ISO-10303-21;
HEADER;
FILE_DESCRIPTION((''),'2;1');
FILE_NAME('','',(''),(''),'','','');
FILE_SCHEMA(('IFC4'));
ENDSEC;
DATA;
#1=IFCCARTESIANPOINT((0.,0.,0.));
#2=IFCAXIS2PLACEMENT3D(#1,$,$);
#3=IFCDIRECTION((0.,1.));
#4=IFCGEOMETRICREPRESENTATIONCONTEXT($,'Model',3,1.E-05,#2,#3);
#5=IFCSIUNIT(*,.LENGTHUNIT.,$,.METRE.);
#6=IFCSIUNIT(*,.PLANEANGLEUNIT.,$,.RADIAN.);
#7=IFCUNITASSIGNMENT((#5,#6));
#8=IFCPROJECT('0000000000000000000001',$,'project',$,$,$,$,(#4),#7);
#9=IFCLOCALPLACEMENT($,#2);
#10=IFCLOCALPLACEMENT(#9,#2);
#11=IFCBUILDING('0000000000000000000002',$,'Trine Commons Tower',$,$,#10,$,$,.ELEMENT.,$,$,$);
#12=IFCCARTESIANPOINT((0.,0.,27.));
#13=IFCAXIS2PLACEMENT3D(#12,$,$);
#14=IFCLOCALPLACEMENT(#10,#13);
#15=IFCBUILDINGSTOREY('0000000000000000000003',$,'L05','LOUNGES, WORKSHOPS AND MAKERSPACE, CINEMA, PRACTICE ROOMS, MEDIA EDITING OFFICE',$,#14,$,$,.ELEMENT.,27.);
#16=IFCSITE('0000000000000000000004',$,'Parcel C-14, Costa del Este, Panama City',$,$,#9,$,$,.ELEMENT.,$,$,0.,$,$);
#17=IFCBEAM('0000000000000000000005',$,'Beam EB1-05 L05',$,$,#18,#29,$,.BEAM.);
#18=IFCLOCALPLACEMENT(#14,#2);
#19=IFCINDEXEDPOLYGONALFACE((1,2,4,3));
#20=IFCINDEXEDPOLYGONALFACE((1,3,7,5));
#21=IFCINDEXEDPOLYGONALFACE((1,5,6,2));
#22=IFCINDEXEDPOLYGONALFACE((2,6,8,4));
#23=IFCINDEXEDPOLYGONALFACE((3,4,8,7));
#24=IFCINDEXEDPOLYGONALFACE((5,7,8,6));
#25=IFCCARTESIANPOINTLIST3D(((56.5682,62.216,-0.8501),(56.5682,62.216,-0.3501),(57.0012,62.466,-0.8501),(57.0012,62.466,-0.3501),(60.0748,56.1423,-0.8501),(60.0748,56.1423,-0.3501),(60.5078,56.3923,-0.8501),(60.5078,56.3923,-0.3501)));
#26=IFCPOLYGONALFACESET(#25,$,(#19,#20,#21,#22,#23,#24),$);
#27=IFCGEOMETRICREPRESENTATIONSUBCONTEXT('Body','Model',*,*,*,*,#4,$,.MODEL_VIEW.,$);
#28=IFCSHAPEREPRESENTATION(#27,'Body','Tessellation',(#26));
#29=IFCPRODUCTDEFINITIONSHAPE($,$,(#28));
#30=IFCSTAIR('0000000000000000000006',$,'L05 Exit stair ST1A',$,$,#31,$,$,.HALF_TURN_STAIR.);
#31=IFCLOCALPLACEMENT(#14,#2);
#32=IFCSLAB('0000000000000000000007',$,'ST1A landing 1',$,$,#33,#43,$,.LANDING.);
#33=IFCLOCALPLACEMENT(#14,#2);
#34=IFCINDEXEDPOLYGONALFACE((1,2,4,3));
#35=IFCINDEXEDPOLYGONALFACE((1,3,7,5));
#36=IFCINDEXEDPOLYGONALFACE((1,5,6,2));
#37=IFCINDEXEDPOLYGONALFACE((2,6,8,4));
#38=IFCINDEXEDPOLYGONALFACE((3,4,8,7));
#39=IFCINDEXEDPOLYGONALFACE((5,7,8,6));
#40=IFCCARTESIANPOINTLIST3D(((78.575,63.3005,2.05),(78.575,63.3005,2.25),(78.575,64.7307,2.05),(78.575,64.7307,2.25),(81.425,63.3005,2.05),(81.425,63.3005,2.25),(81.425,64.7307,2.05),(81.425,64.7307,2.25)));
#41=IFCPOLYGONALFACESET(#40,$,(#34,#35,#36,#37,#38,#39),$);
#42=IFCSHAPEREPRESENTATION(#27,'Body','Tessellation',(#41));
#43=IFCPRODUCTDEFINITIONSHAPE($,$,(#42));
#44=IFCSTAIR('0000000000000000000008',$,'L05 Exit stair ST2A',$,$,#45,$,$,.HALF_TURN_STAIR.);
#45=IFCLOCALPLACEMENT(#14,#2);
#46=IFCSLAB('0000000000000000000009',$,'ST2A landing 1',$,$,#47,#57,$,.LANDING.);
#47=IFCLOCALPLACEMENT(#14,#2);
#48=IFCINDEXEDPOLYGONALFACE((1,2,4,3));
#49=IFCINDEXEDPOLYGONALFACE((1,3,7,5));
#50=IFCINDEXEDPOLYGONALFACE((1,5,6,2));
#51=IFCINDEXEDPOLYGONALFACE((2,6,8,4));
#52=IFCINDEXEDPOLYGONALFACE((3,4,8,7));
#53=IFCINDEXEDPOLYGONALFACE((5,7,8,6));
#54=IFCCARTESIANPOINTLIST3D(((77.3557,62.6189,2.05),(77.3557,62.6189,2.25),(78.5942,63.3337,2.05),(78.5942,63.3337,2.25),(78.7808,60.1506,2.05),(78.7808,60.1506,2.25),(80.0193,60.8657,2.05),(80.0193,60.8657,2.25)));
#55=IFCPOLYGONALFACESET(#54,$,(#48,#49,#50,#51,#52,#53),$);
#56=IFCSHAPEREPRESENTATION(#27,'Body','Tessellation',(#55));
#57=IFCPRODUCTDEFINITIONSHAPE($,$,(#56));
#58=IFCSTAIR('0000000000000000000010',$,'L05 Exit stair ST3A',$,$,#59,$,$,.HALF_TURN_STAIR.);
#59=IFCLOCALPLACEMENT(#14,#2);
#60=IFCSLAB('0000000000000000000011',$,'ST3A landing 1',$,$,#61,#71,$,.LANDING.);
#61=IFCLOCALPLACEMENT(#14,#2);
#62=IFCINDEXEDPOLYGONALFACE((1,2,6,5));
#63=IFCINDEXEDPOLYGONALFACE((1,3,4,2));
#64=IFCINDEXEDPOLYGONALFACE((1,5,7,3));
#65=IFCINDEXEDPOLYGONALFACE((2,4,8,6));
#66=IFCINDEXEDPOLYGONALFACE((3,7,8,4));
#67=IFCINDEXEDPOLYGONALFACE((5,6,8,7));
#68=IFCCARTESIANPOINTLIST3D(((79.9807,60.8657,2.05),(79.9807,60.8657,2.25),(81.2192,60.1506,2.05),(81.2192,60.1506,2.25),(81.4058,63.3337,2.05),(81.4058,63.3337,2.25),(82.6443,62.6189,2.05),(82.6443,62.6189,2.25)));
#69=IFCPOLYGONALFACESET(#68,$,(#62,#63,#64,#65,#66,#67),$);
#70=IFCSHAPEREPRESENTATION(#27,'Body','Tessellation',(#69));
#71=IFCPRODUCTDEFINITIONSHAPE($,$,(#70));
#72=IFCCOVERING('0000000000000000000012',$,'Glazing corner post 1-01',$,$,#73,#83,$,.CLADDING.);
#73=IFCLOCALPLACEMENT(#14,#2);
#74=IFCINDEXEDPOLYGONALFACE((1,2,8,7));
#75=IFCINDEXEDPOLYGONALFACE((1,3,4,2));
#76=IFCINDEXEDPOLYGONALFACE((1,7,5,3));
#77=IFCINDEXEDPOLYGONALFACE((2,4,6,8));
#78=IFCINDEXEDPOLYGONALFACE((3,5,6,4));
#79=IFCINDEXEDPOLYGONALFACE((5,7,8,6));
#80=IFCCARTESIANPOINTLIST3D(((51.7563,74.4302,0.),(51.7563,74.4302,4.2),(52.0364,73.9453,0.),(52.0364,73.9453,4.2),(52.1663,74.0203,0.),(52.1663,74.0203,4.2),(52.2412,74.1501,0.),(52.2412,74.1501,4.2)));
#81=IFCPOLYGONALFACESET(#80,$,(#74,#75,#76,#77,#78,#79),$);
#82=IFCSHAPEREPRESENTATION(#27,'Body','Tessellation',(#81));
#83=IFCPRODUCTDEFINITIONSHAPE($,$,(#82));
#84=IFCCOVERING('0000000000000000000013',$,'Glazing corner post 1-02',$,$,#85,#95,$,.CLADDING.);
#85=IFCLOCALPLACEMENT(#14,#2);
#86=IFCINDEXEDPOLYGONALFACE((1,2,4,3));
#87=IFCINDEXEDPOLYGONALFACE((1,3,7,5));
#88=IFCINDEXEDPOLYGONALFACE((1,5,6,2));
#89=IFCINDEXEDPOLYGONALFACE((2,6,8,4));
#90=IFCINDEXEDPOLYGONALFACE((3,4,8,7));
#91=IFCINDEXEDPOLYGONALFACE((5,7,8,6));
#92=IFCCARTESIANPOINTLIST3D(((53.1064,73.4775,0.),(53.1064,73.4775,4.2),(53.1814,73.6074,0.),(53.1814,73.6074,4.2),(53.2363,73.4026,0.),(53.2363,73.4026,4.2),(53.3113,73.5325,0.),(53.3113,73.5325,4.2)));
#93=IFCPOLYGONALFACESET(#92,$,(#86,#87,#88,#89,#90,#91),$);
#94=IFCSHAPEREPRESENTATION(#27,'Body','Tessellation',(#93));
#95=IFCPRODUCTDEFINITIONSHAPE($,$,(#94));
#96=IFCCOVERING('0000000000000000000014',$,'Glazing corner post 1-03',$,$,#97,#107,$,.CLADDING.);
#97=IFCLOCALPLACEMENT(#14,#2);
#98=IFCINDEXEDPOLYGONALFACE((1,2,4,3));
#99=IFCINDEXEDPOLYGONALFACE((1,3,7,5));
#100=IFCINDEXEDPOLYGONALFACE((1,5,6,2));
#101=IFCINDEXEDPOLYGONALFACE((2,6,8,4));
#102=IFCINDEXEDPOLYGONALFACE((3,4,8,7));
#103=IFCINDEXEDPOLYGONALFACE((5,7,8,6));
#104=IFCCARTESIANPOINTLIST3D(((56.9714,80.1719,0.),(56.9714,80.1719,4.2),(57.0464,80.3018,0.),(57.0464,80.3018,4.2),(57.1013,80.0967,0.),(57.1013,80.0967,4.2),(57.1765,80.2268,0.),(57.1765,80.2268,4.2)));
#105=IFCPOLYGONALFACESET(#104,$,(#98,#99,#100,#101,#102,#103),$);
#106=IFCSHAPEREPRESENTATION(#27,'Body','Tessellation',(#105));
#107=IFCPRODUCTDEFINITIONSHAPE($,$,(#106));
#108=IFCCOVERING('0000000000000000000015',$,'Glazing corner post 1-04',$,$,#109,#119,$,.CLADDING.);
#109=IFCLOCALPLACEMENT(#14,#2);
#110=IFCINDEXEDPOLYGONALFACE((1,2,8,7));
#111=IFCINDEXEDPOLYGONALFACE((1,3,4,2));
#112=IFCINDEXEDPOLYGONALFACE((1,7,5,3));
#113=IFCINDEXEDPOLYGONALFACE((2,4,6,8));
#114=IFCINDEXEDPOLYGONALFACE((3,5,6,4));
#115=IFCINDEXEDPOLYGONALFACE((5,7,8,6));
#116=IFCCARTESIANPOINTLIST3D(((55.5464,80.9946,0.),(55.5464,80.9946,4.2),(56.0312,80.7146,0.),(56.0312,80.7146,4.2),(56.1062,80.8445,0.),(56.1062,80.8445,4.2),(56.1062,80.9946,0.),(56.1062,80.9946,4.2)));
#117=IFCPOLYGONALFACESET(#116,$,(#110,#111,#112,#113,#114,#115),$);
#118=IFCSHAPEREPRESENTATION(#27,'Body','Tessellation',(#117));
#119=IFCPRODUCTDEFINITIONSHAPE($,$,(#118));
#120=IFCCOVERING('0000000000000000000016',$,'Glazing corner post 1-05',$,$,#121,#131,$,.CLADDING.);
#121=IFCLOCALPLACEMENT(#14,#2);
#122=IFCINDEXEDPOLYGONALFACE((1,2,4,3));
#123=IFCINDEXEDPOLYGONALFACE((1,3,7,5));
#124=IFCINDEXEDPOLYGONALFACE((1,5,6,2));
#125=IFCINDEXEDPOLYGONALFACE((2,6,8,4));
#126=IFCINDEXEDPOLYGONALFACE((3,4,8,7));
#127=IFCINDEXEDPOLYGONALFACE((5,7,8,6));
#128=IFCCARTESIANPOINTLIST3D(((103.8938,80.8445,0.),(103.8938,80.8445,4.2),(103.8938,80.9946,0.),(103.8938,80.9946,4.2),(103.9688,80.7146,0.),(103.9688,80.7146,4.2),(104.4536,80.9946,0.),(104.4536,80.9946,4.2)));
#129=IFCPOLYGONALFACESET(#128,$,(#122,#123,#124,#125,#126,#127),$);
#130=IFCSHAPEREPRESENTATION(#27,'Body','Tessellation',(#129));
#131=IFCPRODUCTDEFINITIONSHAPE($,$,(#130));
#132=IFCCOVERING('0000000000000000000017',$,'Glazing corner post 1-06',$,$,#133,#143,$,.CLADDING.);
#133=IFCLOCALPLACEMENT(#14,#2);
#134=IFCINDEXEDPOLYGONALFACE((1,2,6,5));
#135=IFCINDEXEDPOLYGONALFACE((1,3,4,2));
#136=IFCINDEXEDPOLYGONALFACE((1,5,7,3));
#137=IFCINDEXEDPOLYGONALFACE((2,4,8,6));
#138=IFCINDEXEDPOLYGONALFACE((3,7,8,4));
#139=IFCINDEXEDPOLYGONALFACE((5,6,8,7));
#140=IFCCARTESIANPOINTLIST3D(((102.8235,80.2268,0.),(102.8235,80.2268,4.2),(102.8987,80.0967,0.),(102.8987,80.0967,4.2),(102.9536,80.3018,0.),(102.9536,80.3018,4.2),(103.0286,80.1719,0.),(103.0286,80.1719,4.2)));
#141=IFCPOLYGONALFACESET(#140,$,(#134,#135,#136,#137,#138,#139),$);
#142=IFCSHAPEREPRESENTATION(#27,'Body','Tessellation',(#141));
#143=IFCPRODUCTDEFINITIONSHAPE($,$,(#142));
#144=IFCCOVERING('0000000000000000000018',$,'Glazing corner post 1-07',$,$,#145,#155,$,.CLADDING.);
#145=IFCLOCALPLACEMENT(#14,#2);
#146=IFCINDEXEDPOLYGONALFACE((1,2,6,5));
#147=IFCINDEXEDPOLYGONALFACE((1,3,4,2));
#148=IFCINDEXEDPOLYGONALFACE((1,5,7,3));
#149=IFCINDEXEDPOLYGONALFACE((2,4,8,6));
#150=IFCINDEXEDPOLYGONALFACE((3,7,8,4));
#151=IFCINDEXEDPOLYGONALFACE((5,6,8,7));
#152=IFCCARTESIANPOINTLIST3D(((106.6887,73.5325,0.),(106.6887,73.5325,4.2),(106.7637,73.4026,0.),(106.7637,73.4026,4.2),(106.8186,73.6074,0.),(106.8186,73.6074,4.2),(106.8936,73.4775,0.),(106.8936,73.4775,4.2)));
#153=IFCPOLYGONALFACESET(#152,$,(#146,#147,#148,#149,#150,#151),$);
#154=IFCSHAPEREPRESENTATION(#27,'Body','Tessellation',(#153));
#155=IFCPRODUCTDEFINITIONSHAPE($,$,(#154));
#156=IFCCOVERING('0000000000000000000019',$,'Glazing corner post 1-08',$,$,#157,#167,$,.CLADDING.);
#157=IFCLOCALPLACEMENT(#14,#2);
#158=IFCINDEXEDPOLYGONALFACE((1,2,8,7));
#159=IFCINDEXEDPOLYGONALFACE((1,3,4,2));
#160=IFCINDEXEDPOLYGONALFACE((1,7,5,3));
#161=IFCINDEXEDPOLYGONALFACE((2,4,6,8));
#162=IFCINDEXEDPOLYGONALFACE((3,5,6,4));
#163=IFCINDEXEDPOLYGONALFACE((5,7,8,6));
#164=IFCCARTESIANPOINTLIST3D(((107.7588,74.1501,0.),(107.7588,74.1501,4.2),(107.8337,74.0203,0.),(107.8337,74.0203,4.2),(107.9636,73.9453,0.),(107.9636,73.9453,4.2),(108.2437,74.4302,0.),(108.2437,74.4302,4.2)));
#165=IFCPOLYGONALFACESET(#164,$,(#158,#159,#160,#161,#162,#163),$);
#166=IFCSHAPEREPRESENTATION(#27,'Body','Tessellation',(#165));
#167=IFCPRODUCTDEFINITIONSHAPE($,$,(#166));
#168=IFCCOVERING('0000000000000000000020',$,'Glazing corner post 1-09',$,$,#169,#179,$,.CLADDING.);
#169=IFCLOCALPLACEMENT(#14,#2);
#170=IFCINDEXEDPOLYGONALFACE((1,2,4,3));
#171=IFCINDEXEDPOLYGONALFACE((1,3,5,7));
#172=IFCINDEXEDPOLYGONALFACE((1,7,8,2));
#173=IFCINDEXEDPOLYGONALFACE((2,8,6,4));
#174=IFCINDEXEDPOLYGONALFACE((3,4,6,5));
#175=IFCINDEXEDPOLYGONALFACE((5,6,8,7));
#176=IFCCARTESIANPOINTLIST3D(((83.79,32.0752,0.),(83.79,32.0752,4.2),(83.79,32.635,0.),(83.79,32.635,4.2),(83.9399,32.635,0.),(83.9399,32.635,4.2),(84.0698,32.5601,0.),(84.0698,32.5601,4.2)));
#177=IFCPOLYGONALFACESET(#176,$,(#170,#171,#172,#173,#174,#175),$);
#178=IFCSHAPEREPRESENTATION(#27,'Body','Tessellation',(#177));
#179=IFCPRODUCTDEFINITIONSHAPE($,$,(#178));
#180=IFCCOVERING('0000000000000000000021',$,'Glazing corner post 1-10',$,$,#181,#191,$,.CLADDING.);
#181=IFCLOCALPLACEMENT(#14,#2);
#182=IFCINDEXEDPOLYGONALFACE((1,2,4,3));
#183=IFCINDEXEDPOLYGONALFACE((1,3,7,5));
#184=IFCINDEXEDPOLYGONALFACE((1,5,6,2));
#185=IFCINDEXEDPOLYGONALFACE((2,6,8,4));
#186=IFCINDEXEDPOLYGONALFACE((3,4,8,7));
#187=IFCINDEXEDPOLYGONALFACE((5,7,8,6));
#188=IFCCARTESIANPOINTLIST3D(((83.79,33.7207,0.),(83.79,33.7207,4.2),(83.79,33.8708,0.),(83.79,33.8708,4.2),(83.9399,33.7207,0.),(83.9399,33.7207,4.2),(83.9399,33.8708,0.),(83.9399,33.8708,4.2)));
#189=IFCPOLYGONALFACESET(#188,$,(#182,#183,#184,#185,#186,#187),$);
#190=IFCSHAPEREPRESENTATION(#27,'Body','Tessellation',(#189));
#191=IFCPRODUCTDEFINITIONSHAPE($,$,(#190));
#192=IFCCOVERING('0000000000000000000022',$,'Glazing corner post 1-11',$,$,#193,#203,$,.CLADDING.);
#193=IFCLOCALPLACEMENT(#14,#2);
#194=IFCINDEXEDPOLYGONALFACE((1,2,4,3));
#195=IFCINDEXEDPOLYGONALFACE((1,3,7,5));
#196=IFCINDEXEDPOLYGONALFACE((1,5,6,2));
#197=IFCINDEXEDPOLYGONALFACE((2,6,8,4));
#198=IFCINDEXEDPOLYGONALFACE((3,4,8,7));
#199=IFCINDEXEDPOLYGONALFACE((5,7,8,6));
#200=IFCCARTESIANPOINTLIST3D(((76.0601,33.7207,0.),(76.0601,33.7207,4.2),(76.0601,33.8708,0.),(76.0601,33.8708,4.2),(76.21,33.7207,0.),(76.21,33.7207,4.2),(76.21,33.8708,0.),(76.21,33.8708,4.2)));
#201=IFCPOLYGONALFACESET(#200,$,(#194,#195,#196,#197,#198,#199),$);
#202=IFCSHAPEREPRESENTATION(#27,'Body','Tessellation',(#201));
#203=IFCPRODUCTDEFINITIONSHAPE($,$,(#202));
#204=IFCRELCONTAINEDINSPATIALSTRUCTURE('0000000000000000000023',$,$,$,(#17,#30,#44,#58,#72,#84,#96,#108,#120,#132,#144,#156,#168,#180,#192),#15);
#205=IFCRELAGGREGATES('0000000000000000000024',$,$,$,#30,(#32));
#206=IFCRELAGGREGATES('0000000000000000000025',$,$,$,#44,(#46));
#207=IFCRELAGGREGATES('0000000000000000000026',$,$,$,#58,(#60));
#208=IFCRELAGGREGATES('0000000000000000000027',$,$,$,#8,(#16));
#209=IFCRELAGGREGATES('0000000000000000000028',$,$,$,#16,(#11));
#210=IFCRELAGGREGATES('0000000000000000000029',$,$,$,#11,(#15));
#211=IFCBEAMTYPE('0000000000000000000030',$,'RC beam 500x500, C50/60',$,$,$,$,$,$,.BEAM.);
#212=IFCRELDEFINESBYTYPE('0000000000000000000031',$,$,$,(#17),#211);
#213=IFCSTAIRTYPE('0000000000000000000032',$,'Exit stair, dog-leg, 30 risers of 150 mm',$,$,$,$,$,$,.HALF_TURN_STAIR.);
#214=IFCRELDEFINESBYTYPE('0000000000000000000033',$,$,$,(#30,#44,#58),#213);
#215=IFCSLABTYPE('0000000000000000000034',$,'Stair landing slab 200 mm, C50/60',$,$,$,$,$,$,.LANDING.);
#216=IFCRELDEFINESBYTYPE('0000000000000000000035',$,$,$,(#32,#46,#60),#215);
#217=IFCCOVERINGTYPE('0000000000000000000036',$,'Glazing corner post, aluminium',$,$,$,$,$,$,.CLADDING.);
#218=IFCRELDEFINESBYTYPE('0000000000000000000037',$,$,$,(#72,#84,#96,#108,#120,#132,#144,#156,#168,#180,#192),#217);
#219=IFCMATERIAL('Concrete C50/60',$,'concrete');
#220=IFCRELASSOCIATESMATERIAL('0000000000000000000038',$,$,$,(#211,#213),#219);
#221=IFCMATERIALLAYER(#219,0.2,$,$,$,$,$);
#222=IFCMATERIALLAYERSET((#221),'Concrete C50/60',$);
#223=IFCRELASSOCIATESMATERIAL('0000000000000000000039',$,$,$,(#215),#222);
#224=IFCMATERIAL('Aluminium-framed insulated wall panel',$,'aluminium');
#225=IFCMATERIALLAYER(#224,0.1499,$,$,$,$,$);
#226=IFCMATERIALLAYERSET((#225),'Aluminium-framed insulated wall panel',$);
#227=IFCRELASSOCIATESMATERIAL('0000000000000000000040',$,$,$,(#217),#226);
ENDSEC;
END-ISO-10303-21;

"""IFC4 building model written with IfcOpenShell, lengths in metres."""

from ifc_helpers import new_model, si_unit, direction, frame, origin, origin_2d, place, context, subcontext, project, spatial, polyline, rectangle, outline, extrude, material, layer, layer_set, material_profile, profile_set, type_object, element, aggregate, save


model = new_model("IFC4")

# Units and contexts
model_context = context("Model", 3, precision=1e-05, world=origin(), true_north=direction((0.0, 1.0)))
body_context = subcontext(model_context, "Body", "Model", "MODEL_VIEW")
ifc_project = project(units=[si_unit("LENGTHUNIT", "METRE"), si_unit("PLANEANGLEUNIT", "RADIAN")], contexts=[model_context])

# Site, building, storey
site_placement = place(None, origin())
site = spatial("IfcSite", under=ifc_project, at=site_placement, Name="Parcel C-14, Costa del Este, Panama City", CompositionType="ELEMENT", RefElevation=0.0)
building_placement = place(site_placement, origin())
building = spatial("IfcBuilding", under=site, at=building_placement, Name="Trine Commons Tower", CompositionType="ELEMENT")
storey_placement = place(building_placement, frame((0.0, 0.0, 27.0)))
storey = spatial("IfcBuildingStorey", under=building, at=storey_placement, Name="L05", Description="LOUNGES, WORKSHOPS AND MAKERSPACE, CINEMA, PRACTICE ROOMS, MEDIA EDITING OFFICE", CompositionType="ELEMENT", Elevation=27.0)

# Beam
ifc_material_1 = material(Name="Concrete C50/60", Category="concrete")
ifc_material_profile = material_profile(ifc_material_1, rectangle(XDim=0.5, YDim=0.5, at=origin_2d()), Name="RC 500x500")
ifc_profile_set = profile_set([ifc_material_profile], Name="Concrete C50/60")
beam_type = type_object("IfcBeamType", Name="RC beam 500x500, C50/60", PredefinedType="BEAM", material=ifc_profile_set)
beam_placement = place(storey_placement, frame((60.2913, 56.2673, -0.6001), z_axis=(-0.499992, 0.86603, 0.0), x_axis=(-0.86603, -0.499992, 0.0)))
element("IfcBeam", 1, at=beam_placement, inside=storey, type_object=beam_type, Name="Beam EB1-05 L05", PredefinedType="BEAM", context=body_context, shape_type="SweptSolid", body=[
    extrude(rectangle(XDim=0.5, YDim=0.5, at=origin_2d()), origin(), (0.0, 0.0, 1.0), 7.0132),
])

# Stairs, slabs
stair_type = type_object("IfcStairType", Name="Exit stair, dog-leg, 30 risers of 150 mm", PredefinedType="HALF_TURN_STAIR", material=ifc_material_1)
stair_1_placement = place(storey_placement, origin())
stair_1 = element("IfcStair", 2, at=stair_1_placement, inside=storey, type_object=stair_type, Name="L05 Exit stair ST1A", PredefinedType="HALF_TURN_STAIR")
ifc_layer_1 = layer(ifc_material_1, 0.2)
ifc_layer_set_1 = layer_set([ifc_layer_1], Name="Concrete C50/60")
slab_type = type_object("IfcSlabType", Name="Stair landing slab 200 mm, C50/60", PredefinedType="LANDING", material=ifc_layer_set_1)
slab_1_placement = place(storey_placement, frame((0.0, 0.0, 2.05)))
slab_1 = element("IfcSlab", 3, at=slab_1_placement, type_object=slab_type, Name="ST1A landing 1", PredefinedType="LANDING", context=body_context, shape_type="SweptSolid", body=[
    extrude(outline(polyline([(78.575, 64.7307), (78.575, 63.3005), (81.425, 63.3005), (81.425, 64.7307), (78.575, 64.7307)])), origin(), (0.0, 0.0, 1.0), 0.2),
])
aggregate(stair_1, [slab_1])
stair_2_placement = place(storey_placement, origin())
stair_2 = element("IfcStair", 4, at=stair_2_placement, inside=storey, type_object=stair_type, Name="L05 Exit stair ST2A", PredefinedType="HALF_TURN_STAIR")
slab_2_placement = place(storey_placement, frame((0.0, 0.0, 2.05)))
slab_2 = element("IfcSlab", 5, at=slab_2_placement, type_object=slab_type, Name="ST2A landing 1", PredefinedType="LANDING", context=body_context, shape_type="SweptSolid", body=[
    extrude(outline(polyline([(78.7808, 60.1506), (80.0193, 60.8657), (78.5942, 63.3337), (77.3557, 62.6189), (78.7808, 60.1506)])), origin(), (0.0, 0.0, 1.0), 0.2),
])
aggregate(stair_2, [slab_2])
stair_3_placement = place(storey_placement, origin())
stair_3 = element("IfcStair", 6, at=stair_3_placement, inside=storey, type_object=stair_type, Name="L05 Exit stair ST3A", PredefinedType="HALF_TURN_STAIR")
slab_3_placement = place(storey_placement, frame((0.0, 0.0, 2.05)))
slab_3 = element("IfcSlab", 7, at=slab_3_placement, type_object=slab_type, Name="ST3A landing 1", PredefinedType="LANDING", context=body_context, shape_type="SweptSolid", body=[
    extrude(outline(polyline([(82.6443, 62.6189), (81.4058, 63.3337), (79.9807, 60.8657), (81.2192, 60.1506), (82.6443, 62.6189)])), origin(), (0.0, 0.0, 1.0), 0.2),
])
aggregate(stair_3, [slab_3])

# Coverings
ifc_material_2 = material(Name="Aluminium-framed insulated wall panel", Category="aluminium")
ifc_layer_2 = layer(ifc_material_2, 0.1499)
ifc_layer_set_2 = layer_set([ifc_layer_2], Name="Aluminium-framed insulated wall panel")
covering_type_1 = type_object("IfcCoveringType", Name="Glazing corner post, aluminium", PredefinedType="CLADDING", material=ifc_layer_set_2)
covering_1_placement = place(storey_placement, origin())
element("IfcCovering", 8, at=covering_1_placement, inside=storey, type_object=covering_type_1, Name="Glazing corner post 1-01", PredefinedType="CLADDING", context=body_context, shape_type="SweptSolid", body=[
    extrude(outline(polyline([(51.7563, 74.4302), (51.7563, 74.4302), (52.0364, 73.9453), (52.1663, 74.0203), (52.1663, 74.0203), (52.1663, 74.0203), (52.1663, 74.0203), (52.2412, 74.1501), (51.7563, 74.4302)])), origin(), (0.0, 0.0, 1.0), 4.2),
])
covering_2_placement = place(storey_placement, origin())
element("IfcCovering", 9, at=covering_2_placement, inside=storey, type_object=covering_type_1, Name="Glazing corner post 1-02", PredefinedType="CLADDING", context=body_context, shape_type="SweptSolid", body=[
    extrude(outline(polyline([(53.1064, 73.4775), (53.2363, 73.4026), (53.3113, 73.5325), (53.1814, 73.6074), (53.1064, 73.4775)])), origin(), (0.0, 0.0, 1.0), 4.2),
])
covering_3_placement = place(storey_placement, origin())
element("IfcCovering", 10, at=covering_3_placement, inside=storey, type_object=covering_type_1, Name="Glazing corner post 1-03", PredefinedType="CLADDING", context=body_context, shape_type="SweptSolid", body=[
    extrude(outline(polyline([(57.1013, 80.0967), (57.1765, 80.2268), (57.0464, 80.3018), (56.9714, 80.1719), (57.1013, 80.0967)])), origin(), (0.0, 0.0, 1.0), 4.2),
])
covering_4_placement = place(storey_placement, origin())
element("IfcCovering", 11, at=covering_4_placement, inside=storey, type_object=covering_type_1, Name="Glazing corner post 1-04", PredefinedType="CLADDING", context=body_context, shape_type="SweptSolid", body=[
    extrude(outline(polyline([(56.0312, 80.7146), (56.1062, 80.8445), (56.1062, 80.9946), (55.5464, 80.9946), (56.0312, 80.7146)])), origin(), (0.0, 0.0, 1.0), 4.2),
])
covering_5_placement = place(storey_placement, origin())
element("IfcCovering", 12, at=covering_5_placement, inside=storey, type_object=covering_type_1, Name="Glazing corner post 1-05", PredefinedType="CLADDING", context=body_context, shape_type="SweptSolid", body=[
    extrude(outline(polyline([(103.9688, 80.7146), (104.4536, 80.9946), (103.8938, 80.9946), (103.8938, 80.8445), (103.9688, 80.7146)])), origin(), (0.0, 0.0, 1.0), 4.2),
])
covering_6_placement = place(storey_placement, origin())
element("IfcCovering", 13, at=covering_6_placement, inside=storey, type_object=covering_type_1, Name="Glazing corner post 1-06", PredefinedType="CLADDING", context=body_context, shape_type="SweptSolid", body=[
    extrude(outline(polyline([(102.8987, 80.0967), (103.0286, 80.1719), (102.9536, 80.3018), (102.8235, 80.2268), (102.8987, 80.0967)])), origin(), (0.0, 0.0, 1.0), 4.2),
])
covering_7_placement = place(storey_placement, origin())
element("IfcCovering", 14, at=covering_7_placement, inside=storey, type_object=covering_type_1, Name="Glazing corner post 1-07", PredefinedType="CLADDING", context=body_context, shape_type="SweptSolid", body=[
    extrude(outline(polyline([(106.6887, 73.5325), (106.7637, 73.4026), (106.8936, 73.4775), (106.8186, 73.6074), (106.6887, 73.5325)])), origin(), (0.0, 0.0, 1.0), 4.2),
])
covering_8_placement = place(storey_placement, origin())
element("IfcCovering", 15, at=covering_8_placement, inside=storey, type_object=covering_type_1, Name="Glazing corner post 1-08", PredefinedType="CLADDING", context=body_context, shape_type="SweptSolid", body=[
    extrude(outline(polyline([(107.9636, 73.9453), (108.2437, 74.4302), (107.7588, 74.1501), (107.8337, 74.0203), (107.9636, 73.9453)])), origin(), (0.0, 0.0, 1.0), 4.2),
])
covering_9_placement = place(storey_placement, origin())
element("IfcCovering", 16, at=covering_9_placement, inside=storey, type_object=covering_type_1, Name="Glazing corner post 1-09", PredefinedType="CLADDING", context=body_context, shape_type="SweptSolid", body=[
    extrude(outline(polyline([(83.79, 32.635), (83.79, 32.0752), (84.0698, 32.5601), (83.9399, 32.635), (83.9399, 32.635), (83.79, 32.635)])), origin(), (0.0, 0.0, 1.0), 4.2),
])
covering_10_placement = place(storey_placement, origin())
element("IfcCovering", 17, at=covering_10_placement, inside=storey, type_object=covering_type_1, Name="Glazing corner post 1-10", PredefinedType="CLADDING", context=body_context, shape_type="SweptSolid", body=[
    extrude(outline(polyline([(83.9399, 33.7207), (83.9399, 33.8708), (83.79, 33.8708), (83.79, 33.7207), (83.9399, 33.7207)])), origin(), (0.0, 0.0, 1.0), 4.2),
])
covering_11_placement = place(storey_placement, origin())
element("IfcCovering", 18, at=covering_11_placement, inside=storey, type_object=covering_type_1, Name="Glazing corner post 1-11", PredefinedType="CLADDING", context=body_context, shape_type="SweptSolid", body=[
    extrude(outline(polyline([(76.21, 33.8708), (76.0601, 33.8708), (76.0601, 33.7207), (76.21, 33.7207), (76.21, 33.8708)])), origin(), (0.0, 0.0, 1.0), 4.2),
])

save(model, "model.ifc")
